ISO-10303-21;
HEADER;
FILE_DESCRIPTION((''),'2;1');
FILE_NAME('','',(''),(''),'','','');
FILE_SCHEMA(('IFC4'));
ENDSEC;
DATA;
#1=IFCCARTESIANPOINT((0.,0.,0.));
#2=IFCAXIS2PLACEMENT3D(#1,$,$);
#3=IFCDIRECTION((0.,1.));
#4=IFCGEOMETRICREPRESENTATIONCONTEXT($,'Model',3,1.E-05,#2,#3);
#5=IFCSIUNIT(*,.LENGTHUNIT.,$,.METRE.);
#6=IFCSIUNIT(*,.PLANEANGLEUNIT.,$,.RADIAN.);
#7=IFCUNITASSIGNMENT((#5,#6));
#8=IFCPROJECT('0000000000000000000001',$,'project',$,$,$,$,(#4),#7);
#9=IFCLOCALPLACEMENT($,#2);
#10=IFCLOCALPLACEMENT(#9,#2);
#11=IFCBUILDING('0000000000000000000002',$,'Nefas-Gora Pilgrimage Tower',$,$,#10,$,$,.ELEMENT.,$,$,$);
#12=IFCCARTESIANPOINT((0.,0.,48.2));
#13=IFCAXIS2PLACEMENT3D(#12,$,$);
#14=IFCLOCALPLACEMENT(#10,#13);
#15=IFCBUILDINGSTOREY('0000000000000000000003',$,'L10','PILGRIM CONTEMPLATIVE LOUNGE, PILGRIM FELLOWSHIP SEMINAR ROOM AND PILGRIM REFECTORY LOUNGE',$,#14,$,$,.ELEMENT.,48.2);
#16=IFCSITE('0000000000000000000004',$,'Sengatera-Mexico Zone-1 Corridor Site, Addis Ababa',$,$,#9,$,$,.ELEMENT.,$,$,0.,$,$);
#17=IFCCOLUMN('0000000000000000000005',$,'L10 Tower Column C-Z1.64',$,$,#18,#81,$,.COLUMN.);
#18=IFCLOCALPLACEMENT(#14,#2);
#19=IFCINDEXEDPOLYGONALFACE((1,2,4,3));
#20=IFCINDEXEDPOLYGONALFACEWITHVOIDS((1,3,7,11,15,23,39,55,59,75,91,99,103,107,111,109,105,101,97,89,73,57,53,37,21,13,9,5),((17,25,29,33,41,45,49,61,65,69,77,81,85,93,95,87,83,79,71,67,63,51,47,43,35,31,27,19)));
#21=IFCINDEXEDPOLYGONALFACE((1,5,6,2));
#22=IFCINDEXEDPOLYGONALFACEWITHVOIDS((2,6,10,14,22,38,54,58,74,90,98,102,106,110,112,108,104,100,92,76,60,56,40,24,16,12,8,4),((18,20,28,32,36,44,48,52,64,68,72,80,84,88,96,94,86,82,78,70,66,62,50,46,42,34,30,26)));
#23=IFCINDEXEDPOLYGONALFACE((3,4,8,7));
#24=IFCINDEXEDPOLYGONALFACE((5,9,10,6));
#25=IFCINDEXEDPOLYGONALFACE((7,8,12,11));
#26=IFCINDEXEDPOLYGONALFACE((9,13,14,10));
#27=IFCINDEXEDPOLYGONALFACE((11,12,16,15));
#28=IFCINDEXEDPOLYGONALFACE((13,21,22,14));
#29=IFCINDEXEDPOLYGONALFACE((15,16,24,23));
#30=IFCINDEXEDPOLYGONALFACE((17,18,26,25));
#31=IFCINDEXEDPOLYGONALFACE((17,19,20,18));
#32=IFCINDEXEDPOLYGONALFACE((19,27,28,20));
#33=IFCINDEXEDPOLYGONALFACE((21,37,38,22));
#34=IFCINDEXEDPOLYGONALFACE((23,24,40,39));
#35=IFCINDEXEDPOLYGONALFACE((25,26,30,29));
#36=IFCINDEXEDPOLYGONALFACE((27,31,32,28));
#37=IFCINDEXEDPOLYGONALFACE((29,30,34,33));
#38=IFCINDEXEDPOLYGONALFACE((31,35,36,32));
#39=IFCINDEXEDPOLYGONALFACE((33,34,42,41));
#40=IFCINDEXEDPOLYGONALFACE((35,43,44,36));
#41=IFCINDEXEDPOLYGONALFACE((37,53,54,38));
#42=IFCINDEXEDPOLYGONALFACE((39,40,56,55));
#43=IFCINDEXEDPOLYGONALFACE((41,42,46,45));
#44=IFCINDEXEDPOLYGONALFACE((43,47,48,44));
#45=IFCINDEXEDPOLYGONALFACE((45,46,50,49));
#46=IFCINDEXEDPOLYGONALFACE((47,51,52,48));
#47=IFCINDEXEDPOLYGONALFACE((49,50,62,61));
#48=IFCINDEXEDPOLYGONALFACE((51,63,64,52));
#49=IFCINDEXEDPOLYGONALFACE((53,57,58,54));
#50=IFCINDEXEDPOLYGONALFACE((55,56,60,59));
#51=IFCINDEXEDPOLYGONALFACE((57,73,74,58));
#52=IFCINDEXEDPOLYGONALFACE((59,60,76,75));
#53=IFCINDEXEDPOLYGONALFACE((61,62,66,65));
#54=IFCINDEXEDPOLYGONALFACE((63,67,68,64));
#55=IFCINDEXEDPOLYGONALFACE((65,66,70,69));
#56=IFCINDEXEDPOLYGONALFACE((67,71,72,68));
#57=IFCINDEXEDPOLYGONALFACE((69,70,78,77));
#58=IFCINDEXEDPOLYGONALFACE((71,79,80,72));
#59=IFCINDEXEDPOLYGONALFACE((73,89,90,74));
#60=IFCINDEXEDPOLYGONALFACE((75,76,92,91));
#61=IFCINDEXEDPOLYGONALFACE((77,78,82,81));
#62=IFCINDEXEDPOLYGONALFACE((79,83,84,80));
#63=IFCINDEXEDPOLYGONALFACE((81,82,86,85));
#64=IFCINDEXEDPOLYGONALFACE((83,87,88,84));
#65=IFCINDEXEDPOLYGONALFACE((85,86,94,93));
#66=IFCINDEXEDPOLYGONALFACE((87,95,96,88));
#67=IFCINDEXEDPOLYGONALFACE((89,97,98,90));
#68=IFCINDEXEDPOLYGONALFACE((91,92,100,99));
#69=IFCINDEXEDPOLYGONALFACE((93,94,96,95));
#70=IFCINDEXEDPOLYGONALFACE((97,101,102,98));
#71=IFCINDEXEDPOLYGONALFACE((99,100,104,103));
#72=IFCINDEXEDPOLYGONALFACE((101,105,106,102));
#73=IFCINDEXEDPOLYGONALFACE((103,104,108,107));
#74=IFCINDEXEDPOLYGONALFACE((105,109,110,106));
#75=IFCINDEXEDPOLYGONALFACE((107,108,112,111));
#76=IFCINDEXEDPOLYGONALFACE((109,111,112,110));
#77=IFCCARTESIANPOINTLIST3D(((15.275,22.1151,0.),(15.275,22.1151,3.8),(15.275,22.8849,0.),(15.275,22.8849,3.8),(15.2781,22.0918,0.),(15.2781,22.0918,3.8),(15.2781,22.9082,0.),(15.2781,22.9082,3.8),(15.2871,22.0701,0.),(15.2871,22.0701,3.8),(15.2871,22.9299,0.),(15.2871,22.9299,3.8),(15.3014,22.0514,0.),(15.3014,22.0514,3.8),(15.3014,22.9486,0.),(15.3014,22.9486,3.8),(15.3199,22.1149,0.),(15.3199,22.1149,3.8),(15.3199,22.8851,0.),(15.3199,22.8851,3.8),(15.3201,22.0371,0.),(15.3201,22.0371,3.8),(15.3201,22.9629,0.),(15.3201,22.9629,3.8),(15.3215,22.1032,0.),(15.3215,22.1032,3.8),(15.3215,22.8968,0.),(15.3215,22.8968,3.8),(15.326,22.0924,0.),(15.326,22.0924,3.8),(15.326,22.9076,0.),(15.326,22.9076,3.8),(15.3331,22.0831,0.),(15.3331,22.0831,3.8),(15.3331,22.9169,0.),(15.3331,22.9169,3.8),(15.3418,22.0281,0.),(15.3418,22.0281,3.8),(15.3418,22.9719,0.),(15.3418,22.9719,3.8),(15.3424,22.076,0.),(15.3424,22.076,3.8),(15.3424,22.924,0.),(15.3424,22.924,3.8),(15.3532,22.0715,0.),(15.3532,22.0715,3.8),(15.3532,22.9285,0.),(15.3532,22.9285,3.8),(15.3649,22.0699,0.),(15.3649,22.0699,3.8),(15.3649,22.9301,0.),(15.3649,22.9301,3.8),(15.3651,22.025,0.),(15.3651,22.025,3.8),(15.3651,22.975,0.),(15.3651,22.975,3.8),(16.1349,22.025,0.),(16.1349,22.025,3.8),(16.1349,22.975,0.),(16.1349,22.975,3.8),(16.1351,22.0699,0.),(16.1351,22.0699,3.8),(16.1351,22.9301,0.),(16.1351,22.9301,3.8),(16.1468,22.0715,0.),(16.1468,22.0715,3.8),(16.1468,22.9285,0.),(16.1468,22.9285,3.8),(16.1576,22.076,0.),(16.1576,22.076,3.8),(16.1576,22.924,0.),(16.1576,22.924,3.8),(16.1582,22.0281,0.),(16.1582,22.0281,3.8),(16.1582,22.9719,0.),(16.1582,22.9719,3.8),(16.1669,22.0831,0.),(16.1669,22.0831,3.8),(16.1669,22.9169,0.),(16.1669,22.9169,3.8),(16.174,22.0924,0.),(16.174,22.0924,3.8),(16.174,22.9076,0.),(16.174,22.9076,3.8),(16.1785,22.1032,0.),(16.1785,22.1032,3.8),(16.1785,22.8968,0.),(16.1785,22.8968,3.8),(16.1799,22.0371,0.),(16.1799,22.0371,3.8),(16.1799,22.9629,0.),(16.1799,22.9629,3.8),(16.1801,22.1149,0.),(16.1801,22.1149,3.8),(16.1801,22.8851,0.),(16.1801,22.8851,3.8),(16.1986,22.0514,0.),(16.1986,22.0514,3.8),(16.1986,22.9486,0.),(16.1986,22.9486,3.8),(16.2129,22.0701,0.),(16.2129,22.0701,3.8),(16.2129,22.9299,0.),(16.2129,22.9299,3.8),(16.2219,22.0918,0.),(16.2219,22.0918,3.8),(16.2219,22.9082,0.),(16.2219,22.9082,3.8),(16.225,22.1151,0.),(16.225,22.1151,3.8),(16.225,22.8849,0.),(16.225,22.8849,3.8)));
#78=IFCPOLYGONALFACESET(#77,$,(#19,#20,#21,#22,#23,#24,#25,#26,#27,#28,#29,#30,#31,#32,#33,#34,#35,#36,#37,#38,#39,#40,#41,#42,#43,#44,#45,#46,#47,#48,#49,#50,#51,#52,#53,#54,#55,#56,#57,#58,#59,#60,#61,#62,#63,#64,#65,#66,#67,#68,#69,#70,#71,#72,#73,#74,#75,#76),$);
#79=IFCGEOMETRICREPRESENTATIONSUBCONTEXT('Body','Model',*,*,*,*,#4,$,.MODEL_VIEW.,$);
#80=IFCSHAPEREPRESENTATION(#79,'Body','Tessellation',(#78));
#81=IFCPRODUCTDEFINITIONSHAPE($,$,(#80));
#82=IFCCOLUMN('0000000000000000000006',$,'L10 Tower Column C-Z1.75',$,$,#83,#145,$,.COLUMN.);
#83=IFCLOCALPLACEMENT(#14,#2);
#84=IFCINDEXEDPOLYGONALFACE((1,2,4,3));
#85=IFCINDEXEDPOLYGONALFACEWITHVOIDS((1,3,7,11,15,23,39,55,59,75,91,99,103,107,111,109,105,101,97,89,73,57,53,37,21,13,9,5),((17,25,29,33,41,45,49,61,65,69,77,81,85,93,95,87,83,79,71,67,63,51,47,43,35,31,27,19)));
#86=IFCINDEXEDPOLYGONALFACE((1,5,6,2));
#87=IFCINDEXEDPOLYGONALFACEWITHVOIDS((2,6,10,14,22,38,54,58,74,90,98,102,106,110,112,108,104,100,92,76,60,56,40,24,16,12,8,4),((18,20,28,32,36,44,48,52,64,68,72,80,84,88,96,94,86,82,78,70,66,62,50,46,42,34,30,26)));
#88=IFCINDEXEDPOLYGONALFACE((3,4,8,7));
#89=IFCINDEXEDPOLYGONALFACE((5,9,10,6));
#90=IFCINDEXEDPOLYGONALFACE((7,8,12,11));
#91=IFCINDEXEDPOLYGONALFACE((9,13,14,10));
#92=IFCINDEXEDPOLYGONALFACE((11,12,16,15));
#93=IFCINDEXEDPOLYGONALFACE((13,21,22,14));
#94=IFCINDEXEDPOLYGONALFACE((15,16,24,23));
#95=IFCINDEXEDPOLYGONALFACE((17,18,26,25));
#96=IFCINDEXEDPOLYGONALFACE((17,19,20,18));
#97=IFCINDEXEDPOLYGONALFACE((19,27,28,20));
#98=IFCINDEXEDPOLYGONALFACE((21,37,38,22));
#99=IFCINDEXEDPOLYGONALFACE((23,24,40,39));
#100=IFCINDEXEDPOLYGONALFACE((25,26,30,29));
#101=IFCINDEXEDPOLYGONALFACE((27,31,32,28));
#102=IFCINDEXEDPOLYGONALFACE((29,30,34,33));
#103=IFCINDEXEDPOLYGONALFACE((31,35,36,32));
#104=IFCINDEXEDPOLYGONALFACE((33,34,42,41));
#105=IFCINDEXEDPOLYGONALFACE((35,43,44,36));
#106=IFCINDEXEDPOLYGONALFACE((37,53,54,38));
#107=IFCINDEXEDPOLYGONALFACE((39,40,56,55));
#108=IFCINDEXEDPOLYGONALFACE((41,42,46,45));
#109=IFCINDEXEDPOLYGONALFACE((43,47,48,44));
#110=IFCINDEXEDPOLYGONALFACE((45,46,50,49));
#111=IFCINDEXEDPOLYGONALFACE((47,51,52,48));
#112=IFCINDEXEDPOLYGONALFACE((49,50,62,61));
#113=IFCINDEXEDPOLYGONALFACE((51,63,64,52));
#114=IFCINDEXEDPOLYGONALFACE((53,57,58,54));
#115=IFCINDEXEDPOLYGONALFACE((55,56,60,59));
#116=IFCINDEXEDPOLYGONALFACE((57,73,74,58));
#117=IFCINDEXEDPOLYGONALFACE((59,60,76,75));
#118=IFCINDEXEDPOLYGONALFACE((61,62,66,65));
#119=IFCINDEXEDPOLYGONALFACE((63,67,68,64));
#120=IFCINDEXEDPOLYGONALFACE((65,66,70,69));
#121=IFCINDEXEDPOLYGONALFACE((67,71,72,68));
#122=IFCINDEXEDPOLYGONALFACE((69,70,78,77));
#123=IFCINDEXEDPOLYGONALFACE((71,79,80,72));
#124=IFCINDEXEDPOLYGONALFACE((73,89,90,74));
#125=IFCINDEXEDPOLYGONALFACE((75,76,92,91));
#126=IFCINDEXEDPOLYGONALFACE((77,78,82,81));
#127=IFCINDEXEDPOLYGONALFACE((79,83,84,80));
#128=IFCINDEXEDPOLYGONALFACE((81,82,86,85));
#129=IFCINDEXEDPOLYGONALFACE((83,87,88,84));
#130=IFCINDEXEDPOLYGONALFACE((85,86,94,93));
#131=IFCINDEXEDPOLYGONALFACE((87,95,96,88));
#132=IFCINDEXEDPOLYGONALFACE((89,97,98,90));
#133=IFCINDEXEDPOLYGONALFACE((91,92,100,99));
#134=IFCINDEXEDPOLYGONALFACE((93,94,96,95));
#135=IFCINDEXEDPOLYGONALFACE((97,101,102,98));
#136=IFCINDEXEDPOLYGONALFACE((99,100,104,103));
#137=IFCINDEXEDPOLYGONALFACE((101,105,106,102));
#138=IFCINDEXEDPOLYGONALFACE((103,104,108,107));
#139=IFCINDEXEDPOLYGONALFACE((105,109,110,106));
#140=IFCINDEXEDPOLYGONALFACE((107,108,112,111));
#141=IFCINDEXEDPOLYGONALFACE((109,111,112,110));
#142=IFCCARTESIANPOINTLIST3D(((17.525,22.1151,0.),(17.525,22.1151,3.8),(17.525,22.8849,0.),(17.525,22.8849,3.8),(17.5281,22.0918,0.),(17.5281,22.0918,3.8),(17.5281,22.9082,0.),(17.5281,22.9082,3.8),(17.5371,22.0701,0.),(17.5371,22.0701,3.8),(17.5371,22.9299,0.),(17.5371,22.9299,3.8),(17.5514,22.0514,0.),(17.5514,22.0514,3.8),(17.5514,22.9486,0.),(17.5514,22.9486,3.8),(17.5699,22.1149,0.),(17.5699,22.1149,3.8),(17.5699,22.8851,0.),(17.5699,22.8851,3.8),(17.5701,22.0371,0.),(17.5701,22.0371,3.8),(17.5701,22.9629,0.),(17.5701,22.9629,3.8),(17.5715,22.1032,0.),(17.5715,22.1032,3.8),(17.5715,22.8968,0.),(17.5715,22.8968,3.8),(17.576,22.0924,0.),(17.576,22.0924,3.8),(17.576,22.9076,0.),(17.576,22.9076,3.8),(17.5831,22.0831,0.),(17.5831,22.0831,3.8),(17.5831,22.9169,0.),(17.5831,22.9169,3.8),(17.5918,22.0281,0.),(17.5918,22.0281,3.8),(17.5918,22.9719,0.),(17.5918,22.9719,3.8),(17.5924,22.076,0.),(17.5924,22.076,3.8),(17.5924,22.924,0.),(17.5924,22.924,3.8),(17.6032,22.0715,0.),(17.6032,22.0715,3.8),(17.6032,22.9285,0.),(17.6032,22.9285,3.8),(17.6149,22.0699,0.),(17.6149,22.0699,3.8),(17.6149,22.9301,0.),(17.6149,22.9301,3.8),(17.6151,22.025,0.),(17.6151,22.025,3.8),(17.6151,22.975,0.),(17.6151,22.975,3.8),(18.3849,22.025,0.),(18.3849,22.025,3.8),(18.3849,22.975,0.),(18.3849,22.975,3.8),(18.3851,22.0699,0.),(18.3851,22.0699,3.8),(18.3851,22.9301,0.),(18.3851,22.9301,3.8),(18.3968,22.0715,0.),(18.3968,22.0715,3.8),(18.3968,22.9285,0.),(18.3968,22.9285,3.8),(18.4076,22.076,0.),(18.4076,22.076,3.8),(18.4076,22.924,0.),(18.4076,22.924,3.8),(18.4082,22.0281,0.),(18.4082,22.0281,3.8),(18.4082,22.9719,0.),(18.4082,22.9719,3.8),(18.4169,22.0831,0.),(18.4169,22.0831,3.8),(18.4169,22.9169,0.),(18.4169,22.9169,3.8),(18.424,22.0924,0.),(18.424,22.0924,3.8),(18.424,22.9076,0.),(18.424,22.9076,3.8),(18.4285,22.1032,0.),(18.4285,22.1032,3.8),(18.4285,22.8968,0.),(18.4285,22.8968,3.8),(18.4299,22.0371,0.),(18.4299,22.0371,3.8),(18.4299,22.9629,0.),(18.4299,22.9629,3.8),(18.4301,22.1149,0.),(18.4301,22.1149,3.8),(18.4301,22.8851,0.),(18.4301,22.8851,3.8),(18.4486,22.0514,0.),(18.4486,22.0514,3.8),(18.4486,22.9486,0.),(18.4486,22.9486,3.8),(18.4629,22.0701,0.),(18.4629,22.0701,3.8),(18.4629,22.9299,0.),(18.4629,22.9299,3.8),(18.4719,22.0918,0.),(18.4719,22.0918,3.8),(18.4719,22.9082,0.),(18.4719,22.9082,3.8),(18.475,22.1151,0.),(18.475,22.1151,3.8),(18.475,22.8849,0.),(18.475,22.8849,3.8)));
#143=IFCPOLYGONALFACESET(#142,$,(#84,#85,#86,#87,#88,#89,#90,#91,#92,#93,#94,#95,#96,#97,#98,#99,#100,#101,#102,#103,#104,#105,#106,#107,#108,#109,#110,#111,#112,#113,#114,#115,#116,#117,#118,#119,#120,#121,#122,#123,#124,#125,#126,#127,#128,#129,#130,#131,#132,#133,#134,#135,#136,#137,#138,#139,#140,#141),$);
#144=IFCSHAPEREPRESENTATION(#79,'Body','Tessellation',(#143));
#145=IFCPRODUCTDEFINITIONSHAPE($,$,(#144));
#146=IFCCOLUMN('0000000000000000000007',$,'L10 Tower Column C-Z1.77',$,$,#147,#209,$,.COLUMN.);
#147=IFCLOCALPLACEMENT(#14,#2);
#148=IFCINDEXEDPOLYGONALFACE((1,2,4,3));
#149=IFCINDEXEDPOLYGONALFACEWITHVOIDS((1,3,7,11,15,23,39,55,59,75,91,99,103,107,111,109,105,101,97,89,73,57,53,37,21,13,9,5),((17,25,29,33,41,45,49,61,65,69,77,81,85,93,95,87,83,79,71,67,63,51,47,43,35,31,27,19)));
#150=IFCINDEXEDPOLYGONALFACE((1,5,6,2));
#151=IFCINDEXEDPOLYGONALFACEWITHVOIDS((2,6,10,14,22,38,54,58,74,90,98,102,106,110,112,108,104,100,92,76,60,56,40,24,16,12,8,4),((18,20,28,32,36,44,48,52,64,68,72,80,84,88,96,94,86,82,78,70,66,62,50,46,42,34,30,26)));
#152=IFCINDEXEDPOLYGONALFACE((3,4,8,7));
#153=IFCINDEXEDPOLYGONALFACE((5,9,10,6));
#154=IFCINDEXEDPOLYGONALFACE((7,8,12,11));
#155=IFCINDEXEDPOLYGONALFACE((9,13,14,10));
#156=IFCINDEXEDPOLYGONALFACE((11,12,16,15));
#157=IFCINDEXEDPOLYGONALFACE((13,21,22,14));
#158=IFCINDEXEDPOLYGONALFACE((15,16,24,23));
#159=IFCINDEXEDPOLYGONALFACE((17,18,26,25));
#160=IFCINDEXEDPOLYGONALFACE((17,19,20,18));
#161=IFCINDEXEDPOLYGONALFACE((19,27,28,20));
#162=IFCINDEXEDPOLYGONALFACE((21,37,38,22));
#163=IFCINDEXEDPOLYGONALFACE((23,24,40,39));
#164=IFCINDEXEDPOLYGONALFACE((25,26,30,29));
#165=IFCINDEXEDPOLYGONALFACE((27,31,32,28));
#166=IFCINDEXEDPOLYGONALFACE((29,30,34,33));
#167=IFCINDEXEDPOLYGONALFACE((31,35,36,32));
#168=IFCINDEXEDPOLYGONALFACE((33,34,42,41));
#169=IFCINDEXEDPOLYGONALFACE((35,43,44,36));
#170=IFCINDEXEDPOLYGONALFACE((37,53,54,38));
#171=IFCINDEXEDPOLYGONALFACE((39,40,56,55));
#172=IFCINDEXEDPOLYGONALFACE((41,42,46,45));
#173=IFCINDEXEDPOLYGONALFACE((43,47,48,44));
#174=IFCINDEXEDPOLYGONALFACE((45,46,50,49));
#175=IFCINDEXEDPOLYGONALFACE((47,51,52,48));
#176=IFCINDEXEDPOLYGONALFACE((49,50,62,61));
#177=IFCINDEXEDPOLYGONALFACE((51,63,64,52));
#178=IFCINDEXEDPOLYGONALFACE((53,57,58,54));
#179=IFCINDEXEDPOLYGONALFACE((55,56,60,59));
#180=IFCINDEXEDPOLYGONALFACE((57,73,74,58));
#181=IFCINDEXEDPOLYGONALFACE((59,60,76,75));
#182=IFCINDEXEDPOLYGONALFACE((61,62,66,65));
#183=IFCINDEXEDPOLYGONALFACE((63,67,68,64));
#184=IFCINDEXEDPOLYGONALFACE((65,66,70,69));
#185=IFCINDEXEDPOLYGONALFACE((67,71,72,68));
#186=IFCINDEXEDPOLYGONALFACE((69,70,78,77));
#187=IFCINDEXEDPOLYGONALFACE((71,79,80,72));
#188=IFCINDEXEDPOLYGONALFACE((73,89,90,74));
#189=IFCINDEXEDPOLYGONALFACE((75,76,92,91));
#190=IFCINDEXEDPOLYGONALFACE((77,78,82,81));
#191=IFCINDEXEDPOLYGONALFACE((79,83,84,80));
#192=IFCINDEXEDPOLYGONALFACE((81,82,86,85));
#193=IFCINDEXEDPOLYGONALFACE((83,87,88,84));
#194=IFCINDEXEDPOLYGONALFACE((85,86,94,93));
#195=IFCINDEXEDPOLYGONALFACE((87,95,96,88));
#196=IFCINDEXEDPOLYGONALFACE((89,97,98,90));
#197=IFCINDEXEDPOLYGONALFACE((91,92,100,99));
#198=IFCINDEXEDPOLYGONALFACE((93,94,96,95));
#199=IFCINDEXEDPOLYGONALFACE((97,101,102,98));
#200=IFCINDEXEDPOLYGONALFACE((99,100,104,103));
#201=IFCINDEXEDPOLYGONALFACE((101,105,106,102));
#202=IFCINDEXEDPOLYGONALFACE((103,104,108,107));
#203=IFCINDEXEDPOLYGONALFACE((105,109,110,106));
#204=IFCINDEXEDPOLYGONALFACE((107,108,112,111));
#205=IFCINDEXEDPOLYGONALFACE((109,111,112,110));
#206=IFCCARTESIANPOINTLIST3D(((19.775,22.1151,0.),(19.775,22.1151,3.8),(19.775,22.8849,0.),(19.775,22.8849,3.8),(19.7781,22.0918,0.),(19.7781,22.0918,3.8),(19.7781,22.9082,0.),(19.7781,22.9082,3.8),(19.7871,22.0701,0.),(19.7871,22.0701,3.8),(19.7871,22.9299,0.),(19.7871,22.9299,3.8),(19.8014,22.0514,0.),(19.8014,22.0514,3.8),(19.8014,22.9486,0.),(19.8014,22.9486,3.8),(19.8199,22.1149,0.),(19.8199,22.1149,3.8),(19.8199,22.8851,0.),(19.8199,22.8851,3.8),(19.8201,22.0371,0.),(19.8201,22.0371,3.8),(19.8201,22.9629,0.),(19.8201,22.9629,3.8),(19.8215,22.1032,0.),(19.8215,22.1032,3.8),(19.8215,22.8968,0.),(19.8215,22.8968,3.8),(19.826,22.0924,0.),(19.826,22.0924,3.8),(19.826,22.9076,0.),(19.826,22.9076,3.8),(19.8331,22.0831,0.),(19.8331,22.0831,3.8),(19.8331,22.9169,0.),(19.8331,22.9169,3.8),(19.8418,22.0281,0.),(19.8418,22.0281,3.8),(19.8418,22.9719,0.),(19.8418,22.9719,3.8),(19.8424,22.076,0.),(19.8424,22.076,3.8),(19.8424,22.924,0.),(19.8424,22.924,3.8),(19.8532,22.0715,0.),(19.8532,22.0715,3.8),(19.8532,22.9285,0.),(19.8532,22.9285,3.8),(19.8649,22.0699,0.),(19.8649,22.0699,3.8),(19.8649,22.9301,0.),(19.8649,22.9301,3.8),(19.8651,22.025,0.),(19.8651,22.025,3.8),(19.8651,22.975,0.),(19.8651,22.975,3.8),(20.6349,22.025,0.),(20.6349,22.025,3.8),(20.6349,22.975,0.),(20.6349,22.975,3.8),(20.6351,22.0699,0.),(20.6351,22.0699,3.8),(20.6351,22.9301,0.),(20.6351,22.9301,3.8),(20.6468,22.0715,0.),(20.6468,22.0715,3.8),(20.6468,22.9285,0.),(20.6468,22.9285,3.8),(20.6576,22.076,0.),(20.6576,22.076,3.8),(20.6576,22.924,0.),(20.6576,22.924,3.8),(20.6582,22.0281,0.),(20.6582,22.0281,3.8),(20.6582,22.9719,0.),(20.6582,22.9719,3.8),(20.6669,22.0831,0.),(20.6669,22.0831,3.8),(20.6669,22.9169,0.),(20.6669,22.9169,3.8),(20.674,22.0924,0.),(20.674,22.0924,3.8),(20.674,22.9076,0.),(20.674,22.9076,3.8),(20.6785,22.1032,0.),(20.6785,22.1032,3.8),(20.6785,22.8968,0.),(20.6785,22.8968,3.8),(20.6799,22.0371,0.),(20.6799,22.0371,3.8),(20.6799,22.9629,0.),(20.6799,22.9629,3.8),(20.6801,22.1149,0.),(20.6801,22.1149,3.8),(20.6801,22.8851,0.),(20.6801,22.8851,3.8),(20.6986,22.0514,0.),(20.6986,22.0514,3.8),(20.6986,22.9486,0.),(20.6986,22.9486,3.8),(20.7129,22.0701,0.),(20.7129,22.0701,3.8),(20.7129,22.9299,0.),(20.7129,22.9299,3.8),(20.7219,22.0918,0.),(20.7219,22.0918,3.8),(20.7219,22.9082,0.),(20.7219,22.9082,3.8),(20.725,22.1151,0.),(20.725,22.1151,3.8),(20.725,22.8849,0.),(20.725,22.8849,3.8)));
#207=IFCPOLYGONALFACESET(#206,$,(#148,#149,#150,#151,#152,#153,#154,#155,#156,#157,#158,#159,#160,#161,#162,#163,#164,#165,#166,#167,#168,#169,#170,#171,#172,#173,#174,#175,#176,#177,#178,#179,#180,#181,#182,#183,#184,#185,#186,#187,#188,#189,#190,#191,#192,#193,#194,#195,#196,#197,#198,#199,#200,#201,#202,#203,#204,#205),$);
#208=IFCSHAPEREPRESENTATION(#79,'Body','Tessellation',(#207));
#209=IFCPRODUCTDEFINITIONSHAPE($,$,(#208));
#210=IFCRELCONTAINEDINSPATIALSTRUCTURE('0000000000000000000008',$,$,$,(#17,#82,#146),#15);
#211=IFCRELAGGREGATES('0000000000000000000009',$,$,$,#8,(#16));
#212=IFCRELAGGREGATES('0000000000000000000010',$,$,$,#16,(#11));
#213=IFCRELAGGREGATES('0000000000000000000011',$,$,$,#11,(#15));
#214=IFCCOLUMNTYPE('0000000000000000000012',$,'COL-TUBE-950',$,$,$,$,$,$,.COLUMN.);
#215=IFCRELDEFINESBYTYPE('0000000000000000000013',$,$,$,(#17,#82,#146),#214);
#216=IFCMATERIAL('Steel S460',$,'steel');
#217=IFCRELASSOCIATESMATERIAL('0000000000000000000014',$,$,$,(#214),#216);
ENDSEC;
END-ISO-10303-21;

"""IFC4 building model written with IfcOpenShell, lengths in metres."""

from ifc_helpers import new_model, si_unit, direction, frame, origin, origin_2d, place, context, subcontext, project, spatial, hollow_rectangle, extrude, source, transform, mapped, material, material_profile, profile_set, type_object, element, save


model = new_model("IFC4")

# Units and contexts
model_context = context("Model", 3, precision=1e-05, world=origin(), true_north=direction((0.0, 1.0)))
body_context = subcontext(model_context, "Body", "Model", "MODEL_VIEW")
ifc_project = project(units=[si_unit("LENGTHUNIT", "METRE"), si_unit("PLANEANGLEUNIT", "RADIAN")], contexts=[model_context])

# Site, building, storey
site_placement = place(None, origin())
site = spatial("IfcSite", under=ifc_project, at=site_placement, Name="Sengatera-Mexico Zone-1 Corridor Site, Addis Ababa", CompositionType="ELEMENT", RefElevation=0.0)
building_placement = place(site_placement, origin())
building = spatial("IfcBuilding", under=site, at=building_placement, Name="Nefas-Gora Pilgrimage Tower", CompositionType="ELEMENT")
storey_placement = place(building_placement, frame((0.0, 0.0, 48.2)))
storey = spatial("IfcBuildingStorey", under=building, at=storey_placement, Name="L10", Description="PILGRIM CONTEMPLATIVE LOUNGE, PILGRIM FELLOWSHIP SEMINAR ROOM AND PILGRIM REFECTORY LOUNGE", CompositionType="ELEMENT", Elevation=48.2)

# Columns
ifc_material_1 = material(Name="Steel S460", Category="steel")
ifc_material_profile_1 = material_profile(ifc_material_1, hollow_rectangle(XDim=0.95, YDim=0.95, WallThickness=0.0449, InnerFilletRadius=0.0449, OuterFilletRadius=0.0901, at=origin_2d()), Name="BOX 950x950x45")
ifc_profile_set_1 = profile_set([ifc_material_profile_1], Name="Steel S460")
column_type_1 = type_object("IfcColumnType", Name="COL-TUBE-950", PredefinedType="COLUMN", material=ifc_profile_set_1)
shared_shape_1 = source(origin(), body_context, "Body", "SweptSolid", [
    extrude(hollow_rectangle(XDim=0.95, YDim=0.95, WallThickness=0.0449, InnerFilletRadius=0.0449, OuterFilletRadius=0.0901, at=origin_2d()), origin(), (0.0, 0.0, 1.0), 3.8),
])
for number, where, z_axis, x_axis, name in (
    (1, (15.75, 22.5, 0.0), (0.0, 0.0, 1.0), (1.0, 0.0, 0.0), "L10 Tower Column C-Z1.64"),
    (2, (18.0, 22.5, 0.0), (0.0, 0.0, 1.0), (1.0, 0.0, 0.0), "L10 Tower Column C-Z1.75"),
    (3, (20.25, 22.5, 0.0), (0.0, 0.0, 1.0), (1.0, 0.0, 0.0), "L10 Tower Column C-Z1.77"),
):
    element("IfcColumn", number, at=place(storey_placement, frame(where, z_axis=z_axis, x_axis=x_axis)), inside=storey, type_object=column_type_1, Name=name, PredefinedType="COLUMN", context=body_context, shape_type="MappedRepresentation", body=[
        mapped(shared_shape_1, transform((0.0, 0.0, 0.0), x_axis=(1.0, 0.0, 0.0), y_axis=(0.0, 1.0, 0.0), z_axis=(0.0, 0.0, 1.0), scale=1.0)),
    ])

save(model, "model.ifc")
